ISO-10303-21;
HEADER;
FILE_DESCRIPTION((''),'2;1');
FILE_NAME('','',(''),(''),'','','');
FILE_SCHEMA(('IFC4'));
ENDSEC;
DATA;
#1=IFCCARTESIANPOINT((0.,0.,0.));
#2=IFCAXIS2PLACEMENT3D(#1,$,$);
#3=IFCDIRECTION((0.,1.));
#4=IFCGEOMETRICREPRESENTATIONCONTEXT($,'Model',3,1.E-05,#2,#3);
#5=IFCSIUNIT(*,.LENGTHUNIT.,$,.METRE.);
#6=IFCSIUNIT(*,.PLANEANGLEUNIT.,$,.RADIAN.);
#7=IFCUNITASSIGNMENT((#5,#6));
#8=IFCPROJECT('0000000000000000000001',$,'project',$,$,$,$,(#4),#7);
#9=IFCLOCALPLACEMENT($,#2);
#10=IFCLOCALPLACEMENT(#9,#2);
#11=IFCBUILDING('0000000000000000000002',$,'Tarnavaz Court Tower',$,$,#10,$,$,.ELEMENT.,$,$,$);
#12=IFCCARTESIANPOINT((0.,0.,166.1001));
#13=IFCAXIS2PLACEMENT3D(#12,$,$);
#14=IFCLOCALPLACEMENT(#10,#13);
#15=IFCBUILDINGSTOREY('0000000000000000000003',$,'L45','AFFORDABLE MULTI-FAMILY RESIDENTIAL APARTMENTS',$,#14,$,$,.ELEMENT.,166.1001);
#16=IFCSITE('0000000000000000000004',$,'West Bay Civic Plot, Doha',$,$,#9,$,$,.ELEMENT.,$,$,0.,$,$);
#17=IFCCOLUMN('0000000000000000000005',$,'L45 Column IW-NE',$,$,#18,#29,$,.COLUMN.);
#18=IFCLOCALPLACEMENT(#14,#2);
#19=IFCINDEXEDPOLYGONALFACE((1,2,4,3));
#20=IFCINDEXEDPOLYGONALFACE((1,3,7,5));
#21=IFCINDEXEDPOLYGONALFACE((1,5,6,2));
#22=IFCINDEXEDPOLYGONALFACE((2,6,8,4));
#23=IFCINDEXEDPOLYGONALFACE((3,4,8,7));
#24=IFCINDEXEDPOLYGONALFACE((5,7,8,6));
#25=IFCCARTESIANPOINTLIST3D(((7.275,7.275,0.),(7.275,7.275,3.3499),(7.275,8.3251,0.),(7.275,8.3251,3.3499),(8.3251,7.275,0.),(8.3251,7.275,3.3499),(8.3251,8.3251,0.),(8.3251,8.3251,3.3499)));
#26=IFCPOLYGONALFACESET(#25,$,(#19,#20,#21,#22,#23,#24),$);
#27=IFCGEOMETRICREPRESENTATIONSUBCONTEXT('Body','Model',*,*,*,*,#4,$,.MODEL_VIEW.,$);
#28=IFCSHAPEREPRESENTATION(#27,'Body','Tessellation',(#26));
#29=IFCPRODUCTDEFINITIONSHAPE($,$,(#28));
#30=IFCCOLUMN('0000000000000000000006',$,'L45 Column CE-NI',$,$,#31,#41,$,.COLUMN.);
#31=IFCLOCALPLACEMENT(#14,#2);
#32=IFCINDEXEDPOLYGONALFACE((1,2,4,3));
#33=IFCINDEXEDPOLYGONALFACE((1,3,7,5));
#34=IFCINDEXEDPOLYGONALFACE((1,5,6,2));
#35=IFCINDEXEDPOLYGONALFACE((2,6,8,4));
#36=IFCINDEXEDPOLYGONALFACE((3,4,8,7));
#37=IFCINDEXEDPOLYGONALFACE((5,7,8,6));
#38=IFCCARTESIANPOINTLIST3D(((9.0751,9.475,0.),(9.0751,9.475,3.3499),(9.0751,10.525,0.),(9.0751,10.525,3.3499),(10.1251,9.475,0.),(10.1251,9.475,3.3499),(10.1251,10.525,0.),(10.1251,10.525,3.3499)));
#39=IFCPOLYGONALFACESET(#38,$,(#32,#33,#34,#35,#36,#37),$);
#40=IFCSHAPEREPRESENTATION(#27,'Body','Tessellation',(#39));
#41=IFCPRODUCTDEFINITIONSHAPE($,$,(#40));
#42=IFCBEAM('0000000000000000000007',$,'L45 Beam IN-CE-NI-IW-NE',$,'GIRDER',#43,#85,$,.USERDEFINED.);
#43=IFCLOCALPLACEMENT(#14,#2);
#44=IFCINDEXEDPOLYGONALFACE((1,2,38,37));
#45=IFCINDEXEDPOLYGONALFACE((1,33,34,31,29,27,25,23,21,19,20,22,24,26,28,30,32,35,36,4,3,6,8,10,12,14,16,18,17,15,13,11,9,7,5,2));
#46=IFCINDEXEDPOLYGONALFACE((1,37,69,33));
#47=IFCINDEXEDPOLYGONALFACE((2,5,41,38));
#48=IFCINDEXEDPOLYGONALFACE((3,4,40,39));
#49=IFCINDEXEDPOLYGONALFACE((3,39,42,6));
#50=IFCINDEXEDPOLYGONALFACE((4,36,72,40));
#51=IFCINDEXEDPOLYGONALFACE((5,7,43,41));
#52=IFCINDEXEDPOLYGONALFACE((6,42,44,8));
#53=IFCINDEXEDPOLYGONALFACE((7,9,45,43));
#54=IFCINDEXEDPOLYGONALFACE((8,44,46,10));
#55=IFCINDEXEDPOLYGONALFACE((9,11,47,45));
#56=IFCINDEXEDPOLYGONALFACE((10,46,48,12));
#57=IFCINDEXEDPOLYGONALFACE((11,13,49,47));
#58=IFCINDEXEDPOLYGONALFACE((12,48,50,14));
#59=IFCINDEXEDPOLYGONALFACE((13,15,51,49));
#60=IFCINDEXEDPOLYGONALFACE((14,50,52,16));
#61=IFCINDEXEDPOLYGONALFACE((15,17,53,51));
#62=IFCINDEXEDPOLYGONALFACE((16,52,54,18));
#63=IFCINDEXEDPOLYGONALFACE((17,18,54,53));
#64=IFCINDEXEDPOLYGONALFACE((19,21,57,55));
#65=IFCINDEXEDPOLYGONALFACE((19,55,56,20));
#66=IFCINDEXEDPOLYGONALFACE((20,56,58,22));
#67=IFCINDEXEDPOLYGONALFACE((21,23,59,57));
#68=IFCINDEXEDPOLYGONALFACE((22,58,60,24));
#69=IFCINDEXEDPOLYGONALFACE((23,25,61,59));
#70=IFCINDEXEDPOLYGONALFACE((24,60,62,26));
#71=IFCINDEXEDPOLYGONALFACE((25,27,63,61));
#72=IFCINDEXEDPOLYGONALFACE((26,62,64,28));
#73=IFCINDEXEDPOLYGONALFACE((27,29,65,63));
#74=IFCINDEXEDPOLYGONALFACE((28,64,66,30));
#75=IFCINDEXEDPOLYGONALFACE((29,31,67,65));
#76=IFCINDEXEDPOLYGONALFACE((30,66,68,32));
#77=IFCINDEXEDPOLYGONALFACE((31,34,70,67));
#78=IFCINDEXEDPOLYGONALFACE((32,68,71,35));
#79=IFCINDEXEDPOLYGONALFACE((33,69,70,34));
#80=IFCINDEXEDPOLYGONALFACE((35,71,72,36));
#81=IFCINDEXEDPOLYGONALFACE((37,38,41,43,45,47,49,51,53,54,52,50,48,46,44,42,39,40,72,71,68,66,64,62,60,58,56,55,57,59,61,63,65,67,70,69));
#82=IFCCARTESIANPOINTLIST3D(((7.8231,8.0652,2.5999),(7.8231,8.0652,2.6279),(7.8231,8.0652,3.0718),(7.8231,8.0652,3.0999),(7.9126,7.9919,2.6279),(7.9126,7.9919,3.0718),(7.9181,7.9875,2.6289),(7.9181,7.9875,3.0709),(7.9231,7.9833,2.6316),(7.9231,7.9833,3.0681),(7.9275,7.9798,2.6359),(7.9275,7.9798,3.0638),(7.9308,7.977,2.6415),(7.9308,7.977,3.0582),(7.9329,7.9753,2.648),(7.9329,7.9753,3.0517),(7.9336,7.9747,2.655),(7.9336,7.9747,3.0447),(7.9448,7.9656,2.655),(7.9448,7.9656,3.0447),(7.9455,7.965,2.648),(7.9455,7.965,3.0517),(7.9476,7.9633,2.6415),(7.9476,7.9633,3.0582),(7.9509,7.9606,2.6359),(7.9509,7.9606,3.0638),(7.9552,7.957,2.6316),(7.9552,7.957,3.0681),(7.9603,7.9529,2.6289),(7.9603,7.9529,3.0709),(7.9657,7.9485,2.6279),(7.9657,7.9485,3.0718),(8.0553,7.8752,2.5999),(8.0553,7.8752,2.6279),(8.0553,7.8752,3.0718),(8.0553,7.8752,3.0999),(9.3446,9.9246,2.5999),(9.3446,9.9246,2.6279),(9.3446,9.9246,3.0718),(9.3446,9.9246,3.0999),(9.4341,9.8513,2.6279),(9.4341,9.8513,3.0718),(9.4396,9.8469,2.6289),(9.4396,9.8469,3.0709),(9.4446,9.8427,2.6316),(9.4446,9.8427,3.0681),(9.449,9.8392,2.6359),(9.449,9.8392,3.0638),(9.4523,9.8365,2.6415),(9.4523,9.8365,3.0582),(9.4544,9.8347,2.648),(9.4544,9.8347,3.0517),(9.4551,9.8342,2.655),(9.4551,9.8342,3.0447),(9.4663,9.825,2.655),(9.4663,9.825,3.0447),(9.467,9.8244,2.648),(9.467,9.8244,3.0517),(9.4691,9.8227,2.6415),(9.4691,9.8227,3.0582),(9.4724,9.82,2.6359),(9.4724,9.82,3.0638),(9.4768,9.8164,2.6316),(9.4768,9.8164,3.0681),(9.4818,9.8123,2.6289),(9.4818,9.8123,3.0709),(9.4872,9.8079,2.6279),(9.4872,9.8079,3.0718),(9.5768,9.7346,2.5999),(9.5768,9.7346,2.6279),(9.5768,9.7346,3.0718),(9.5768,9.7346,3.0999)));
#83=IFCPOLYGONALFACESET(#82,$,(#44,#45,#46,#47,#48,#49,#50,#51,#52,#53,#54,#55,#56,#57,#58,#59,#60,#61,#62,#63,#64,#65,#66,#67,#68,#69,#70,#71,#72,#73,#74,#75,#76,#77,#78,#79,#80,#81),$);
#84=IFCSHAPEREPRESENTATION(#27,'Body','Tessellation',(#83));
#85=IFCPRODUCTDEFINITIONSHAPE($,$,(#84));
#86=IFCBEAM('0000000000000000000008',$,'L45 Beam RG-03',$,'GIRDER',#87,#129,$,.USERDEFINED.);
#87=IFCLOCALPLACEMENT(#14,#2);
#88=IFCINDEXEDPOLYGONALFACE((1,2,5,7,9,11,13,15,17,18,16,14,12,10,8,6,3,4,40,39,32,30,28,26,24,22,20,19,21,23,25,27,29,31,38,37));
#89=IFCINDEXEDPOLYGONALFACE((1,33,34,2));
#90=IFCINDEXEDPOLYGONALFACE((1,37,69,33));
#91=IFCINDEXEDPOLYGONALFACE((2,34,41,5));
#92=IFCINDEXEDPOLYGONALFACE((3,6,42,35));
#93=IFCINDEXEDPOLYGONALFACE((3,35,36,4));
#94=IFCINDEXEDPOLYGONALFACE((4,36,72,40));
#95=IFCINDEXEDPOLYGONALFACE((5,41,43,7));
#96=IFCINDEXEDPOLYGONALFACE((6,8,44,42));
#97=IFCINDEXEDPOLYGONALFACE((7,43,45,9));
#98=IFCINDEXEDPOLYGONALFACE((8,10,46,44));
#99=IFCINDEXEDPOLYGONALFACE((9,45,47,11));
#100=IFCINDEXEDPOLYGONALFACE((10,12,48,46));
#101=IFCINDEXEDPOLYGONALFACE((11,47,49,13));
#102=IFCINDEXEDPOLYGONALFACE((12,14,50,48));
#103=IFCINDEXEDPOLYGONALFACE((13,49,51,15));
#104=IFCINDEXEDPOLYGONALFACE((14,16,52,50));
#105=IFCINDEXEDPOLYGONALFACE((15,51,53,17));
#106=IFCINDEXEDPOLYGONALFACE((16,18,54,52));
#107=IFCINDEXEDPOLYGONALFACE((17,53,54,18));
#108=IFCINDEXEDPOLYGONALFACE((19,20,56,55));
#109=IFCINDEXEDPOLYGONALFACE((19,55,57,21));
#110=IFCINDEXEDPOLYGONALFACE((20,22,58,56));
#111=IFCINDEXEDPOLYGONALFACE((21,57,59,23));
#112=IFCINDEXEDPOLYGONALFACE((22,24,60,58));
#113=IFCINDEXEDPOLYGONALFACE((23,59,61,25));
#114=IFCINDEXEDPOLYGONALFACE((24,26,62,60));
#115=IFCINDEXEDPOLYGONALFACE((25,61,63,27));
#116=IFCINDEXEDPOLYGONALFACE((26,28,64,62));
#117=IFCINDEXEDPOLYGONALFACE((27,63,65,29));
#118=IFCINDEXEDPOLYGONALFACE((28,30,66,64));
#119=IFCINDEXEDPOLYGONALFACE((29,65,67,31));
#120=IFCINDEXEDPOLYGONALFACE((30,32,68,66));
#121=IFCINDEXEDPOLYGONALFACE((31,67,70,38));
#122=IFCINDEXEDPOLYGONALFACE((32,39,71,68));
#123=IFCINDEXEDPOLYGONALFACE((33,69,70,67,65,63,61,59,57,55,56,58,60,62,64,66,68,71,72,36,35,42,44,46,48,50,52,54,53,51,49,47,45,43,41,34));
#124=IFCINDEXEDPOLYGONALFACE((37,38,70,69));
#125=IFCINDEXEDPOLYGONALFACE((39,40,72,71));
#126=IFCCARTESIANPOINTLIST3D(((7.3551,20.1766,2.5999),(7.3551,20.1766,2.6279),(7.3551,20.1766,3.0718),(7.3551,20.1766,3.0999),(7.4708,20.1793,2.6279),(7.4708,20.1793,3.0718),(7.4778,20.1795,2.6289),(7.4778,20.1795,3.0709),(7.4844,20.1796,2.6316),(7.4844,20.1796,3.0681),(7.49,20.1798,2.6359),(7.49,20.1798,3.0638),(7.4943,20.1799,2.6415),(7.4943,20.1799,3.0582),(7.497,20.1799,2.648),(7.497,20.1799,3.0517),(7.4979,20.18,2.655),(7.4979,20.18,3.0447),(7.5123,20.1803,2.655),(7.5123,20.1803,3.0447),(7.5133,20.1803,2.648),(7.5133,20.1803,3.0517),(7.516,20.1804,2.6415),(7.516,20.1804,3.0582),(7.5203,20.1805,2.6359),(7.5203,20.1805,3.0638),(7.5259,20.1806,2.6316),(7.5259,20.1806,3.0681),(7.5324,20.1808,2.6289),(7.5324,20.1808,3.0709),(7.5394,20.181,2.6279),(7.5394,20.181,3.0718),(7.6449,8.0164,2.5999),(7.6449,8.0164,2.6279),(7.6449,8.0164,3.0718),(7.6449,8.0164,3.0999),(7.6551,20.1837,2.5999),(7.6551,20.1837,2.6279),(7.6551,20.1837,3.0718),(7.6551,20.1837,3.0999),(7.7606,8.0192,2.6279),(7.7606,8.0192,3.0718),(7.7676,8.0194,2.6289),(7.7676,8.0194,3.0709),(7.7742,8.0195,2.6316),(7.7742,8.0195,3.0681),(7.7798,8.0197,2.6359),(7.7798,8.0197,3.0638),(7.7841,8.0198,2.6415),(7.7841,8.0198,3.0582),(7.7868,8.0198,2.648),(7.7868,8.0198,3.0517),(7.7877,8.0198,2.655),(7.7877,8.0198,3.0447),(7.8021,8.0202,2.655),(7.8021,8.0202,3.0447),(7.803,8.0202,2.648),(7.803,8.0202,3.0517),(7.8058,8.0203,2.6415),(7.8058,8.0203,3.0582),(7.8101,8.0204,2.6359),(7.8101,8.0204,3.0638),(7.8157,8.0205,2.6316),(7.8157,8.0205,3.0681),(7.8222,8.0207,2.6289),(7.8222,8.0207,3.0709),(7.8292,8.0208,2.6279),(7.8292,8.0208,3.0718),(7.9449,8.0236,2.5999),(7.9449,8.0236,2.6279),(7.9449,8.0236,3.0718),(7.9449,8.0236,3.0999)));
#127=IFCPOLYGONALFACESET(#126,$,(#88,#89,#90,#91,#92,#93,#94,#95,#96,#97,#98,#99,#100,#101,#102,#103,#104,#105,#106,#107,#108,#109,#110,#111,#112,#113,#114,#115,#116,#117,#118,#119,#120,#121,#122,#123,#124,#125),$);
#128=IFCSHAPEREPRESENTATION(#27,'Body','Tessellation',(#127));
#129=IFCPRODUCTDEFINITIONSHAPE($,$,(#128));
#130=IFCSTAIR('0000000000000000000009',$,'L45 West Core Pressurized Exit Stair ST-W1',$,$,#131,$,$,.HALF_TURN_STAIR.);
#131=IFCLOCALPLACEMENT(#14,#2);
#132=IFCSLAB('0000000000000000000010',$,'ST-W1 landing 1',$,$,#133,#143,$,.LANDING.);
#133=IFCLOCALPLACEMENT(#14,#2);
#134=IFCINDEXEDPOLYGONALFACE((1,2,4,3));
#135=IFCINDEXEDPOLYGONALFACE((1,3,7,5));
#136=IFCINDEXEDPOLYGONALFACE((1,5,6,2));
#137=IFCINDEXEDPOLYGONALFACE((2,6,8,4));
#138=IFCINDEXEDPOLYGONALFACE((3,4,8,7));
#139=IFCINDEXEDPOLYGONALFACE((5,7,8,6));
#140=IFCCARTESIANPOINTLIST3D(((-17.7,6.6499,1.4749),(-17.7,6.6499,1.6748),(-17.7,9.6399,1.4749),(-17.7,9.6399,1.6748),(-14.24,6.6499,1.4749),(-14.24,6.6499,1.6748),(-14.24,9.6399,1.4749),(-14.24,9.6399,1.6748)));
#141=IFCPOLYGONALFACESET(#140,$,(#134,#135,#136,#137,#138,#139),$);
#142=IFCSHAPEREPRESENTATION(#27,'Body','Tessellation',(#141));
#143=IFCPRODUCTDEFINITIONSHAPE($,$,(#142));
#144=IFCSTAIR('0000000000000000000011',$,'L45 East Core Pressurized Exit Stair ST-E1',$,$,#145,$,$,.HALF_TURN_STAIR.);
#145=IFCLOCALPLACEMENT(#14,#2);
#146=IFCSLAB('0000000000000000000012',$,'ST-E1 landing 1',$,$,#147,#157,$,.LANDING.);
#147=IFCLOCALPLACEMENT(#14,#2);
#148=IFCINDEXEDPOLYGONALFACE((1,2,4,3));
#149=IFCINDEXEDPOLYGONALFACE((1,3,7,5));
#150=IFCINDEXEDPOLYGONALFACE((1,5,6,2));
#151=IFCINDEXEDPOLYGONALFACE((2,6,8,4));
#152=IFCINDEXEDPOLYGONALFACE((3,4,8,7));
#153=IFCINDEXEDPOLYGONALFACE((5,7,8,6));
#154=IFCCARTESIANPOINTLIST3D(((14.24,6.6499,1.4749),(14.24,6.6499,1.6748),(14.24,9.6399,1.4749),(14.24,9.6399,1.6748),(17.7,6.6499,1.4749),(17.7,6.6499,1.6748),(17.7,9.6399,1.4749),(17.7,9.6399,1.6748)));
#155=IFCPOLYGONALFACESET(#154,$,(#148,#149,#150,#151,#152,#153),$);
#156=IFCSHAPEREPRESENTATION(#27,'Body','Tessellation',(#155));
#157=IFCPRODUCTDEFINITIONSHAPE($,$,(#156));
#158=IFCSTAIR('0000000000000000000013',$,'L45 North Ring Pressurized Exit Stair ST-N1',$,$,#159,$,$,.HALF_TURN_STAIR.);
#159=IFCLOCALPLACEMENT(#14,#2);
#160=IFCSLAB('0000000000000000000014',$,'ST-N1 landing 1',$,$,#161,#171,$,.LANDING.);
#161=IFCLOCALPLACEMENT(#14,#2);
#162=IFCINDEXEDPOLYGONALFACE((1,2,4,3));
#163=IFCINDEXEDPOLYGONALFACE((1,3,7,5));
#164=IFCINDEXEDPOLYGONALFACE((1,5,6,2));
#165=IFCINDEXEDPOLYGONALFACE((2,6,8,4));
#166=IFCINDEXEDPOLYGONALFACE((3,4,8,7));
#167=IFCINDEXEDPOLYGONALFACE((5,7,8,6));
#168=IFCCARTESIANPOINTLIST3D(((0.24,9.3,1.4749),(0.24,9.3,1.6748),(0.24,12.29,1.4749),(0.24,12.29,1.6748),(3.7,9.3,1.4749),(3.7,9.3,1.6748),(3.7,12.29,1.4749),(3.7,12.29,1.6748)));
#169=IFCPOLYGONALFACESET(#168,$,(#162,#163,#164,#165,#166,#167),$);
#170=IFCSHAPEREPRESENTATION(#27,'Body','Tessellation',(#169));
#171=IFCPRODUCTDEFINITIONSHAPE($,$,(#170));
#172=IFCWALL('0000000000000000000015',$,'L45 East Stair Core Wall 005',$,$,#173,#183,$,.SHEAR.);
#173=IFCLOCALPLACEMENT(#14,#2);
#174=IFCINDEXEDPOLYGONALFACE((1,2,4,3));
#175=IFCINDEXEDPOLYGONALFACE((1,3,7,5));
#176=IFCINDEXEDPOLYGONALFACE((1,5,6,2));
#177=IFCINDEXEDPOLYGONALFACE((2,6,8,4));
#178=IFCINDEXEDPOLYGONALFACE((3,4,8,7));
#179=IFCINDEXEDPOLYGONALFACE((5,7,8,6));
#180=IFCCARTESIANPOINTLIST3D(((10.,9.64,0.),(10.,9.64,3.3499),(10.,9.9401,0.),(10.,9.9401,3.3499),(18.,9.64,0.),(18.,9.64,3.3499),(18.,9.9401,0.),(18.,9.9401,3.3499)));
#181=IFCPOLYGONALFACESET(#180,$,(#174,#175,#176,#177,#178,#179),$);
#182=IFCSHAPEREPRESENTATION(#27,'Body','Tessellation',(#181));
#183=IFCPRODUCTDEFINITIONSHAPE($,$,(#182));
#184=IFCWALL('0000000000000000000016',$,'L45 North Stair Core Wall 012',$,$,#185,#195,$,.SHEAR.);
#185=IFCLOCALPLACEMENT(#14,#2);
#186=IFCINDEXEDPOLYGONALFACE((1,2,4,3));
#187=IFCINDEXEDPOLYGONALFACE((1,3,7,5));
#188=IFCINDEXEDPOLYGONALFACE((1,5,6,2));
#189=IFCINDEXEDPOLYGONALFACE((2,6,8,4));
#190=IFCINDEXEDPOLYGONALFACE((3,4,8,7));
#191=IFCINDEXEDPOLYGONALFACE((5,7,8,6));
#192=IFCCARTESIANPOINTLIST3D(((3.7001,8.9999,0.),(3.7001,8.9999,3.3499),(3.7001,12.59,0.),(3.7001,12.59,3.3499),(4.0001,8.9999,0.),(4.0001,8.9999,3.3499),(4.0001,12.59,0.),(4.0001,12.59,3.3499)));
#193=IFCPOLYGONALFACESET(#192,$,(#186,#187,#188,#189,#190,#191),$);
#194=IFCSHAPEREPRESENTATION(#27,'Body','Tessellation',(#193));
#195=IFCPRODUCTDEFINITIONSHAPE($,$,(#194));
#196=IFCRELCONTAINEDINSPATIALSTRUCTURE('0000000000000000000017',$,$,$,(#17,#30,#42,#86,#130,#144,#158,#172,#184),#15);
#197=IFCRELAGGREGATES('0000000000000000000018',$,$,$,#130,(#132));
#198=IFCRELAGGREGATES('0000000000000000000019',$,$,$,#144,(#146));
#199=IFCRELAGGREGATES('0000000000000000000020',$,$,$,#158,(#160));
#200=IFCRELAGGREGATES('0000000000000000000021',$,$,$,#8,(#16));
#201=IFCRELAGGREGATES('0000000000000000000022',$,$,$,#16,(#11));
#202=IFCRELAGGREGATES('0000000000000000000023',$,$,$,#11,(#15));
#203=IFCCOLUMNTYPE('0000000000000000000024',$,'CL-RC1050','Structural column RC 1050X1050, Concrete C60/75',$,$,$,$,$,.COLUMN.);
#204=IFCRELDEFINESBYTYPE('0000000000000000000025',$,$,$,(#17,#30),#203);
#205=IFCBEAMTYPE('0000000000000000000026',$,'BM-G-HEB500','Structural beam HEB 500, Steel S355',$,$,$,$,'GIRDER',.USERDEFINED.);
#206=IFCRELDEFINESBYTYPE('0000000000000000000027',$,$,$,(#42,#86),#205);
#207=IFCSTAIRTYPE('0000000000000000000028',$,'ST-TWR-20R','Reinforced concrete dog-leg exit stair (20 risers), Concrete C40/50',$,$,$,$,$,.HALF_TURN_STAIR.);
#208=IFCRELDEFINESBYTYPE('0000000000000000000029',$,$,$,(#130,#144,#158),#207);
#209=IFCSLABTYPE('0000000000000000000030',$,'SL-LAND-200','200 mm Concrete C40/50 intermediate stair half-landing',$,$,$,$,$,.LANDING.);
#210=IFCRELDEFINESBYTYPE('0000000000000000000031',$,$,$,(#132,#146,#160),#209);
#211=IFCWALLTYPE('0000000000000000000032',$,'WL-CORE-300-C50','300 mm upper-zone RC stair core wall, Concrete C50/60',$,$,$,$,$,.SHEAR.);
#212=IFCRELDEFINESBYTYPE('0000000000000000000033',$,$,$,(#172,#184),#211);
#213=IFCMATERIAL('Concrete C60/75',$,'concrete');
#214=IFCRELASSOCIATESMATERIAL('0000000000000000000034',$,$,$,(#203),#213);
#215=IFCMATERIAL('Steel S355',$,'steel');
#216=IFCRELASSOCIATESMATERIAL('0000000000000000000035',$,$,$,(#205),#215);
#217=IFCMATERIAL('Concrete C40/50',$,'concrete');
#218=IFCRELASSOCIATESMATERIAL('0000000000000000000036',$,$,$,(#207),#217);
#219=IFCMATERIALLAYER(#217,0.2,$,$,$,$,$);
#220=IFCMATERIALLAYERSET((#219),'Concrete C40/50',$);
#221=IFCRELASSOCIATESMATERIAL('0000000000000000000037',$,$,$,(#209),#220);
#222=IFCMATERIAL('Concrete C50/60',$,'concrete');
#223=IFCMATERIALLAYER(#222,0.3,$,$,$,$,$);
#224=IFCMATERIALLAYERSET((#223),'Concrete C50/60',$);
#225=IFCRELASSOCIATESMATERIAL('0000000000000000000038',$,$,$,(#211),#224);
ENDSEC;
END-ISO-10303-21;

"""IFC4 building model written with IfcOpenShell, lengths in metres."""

from ifc_helpers import new_model, si_unit, direction, frame, frame_2d, origin, origin_2d, place, context, subcontext, project, spatial, polyline, rectangle, i_section, outline, extrude, material, layer, layer_set, material_profile, profile_set, type_object, element, aggregate, save


model = new_model("IFC4")

# Units and contexts
model_context = context("Model", 3, precision=1e-05, world=origin(), true_north=direction((0.0, 1.0)))
body_context = subcontext(model_context, "Body", "Model", "MODEL_VIEW")
ifc_project = project(units=[si_unit("LENGTHUNIT", "METRE"), si_unit("PLANEANGLEUNIT", "RADIAN")], contexts=[model_context])

# Site, building, storey
site_placement = place(None, origin())
site = spatial("IfcSite", under=ifc_project, at=site_placement, Name="West Bay Civic Plot, Doha", CompositionType="ELEMENT", RefElevation=0.0)
building_placement = place(site_placement, origin())
building = spatial("IfcBuilding", under=site, at=building_placement, Name="Tarnavaz Court Tower", CompositionType="ELEMENT")
storey_placement = place(building_placement, frame((0.0, 0.0, 166.1001)))
storey = spatial("IfcBuildingStorey", under=building, at=storey_placement, Name="L45", Description="AFFORDABLE MULTI-FAMILY RESIDENTIAL APARTMENTS", CompositionType="ELEMENT", Elevation=166.1001)

# Columns
ifc_material_1 = material(Name="Concrete C60/75", Category="concrete")
ifc_material_profile_1 = material_profile(ifc_material_1, rectangle(XDim=1.05, YDim=1.05, at=origin_2d()), Name="RC 1050X1050")
ifc_profile_set_1 = profile_set([ifc_material_profile_1], Name="Concrete C60/75")
column_type = type_object("IfcColumnType", Name="CL-RC1050", Description="Structural column RC 1050X1050, Concrete C60/75", PredefinedType="COLUMN", material=ifc_profile_set_1)
for number, where, z_axis, x_axis, name in (
    (1, (7.8, 7.8, 0.0), (0.0, 0.0, 1.0), (1.0, 0.0, 0.0), "L45 Column IW-NE"),
    (2, (9.6001, 10.0, 0.0), (0.0, 0.0, 1.0), (1.0, 0.0, 0.0), "L45 Column CE-NI"),
):
    element("IfcColumn", number, at=place(storey_placement, frame(where, z_axis=z_axis, x_axis=x_axis)), inside=storey, type_object=column_type, Name=name, PredefinedType="COLUMN", context=body_context, shape_type="SweptSolid", body=[
        extrude(rectangle(XDim=1.05, YDim=1.05, at=origin_2d()), origin(), (0.0, 0.0, 1.0), 3.3499),
    ])

# Beams
ifc_material_2 = material(Name="Steel S355", Category="steel")
ifc_material_profile_2 = material_profile(ifc_material_2, i_section(OverallWidth=0.3, OverallDepth=0.5, WebThickness=0.0144, FlangeThickness=0.0281, FilletRadius=0.0271, at=origin_2d()), Name="HEB 500")
ifc_profile_set_2 = profile_set([ifc_material_profile_2], Name="Steel S355")
beam_type = type_object("IfcBeamType", Name="BM-G-HEB500", Description="Structural beam HEB 500, Steel S355", ElementType="GIRDER", PredefinedType="USERDEFINED", material=ifc_profile_set_2)
beam_1_placement = place(storey_placement, frame((9.4607, 9.8296, 2.8499), z_axis=(-0.633282, -0.773921, 0.0), x_axis=(0.773921, -0.633282, 0.0)))
element("IfcBeam", 3, at=beam_1_placement, inside=storey, type_object=beam_type, Name="L45 Beam IN-CE-NI-IW-NE", ObjectType="GIRDER", PredefinedType="USERDEFINED", context=body_context, shape_type="SweptSolid", body=[
    extrude(i_section(OverallWidth=0.3, OverallDepth=0.5, WebThickness=0.0144, FlangeThickness=0.0281, FilletRadius=0.0271, at=origin_2d()), origin(), (0.0, 0.0, 1.0), 2.4026),
])
beam_2_placement = place(storey_placement, frame((7.7949, 8.02, 2.8499), z_axis=(-0.023825, 0.999716, 0.0), x_axis=(-0.999716, -0.023825, 0.0)))
element("IfcBeam", 4, at=beam_2_placement, inside=storey, type_object=beam_type, Name="L45 Beam RG-03", ObjectType="GIRDER", PredefinedType="USERDEFINED", context=body_context, shape_type="SweptSolid", body=[
    extrude(i_section(OverallWidth=0.3, OverallDepth=0.5, WebThickness=0.0144, FlangeThickness=0.0281, FilletRadius=0.0271, at=origin_2d()), origin(), (0.0, 0.0, 1.0), 12.1636),
])

# Stairs, slabs
ifc_material_3 = material(Name="Concrete C40/50", Category="concrete")
stair_type = type_object("IfcStairType", Name="ST-TWR-20R", Description="Reinforced concrete dog-leg exit stair (20 risers), Concrete C40/50", PredefinedType="HALF_TURN_STAIR", material=ifc_material_3)
stair_1_placement = place(storey_placement, origin())
stair_1 = element("IfcStair", 5, at=stair_1_placement, inside=storey, type_object=stair_type, Name="L45 West Core Pressurized Exit Stair ST-W1", PredefinedType="HALF_TURN_STAIR")
ifc_layer_1 = layer(ifc_material_3, 0.2)
ifc_layer_set_1 = layer_set([ifc_layer_1], Name="Concrete C40/50")
slab_type = type_object("IfcSlabType", Name="SL-LAND-200", Description="200 mm Concrete C40/50 intermediate stair half-landing", PredefinedType="LANDING", material=ifc_layer_set_1)
slab_1_placement = place(storey_placement, frame((0.0, 0.0, 1.4749)))
slab_1 = element("IfcSlab", 6, at=slab_1_placement, type_object=slab_type, Name="ST-W1 landing 1", PredefinedType="LANDING", context=body_context, shape_type="SweptSolid", body=[
    extrude(outline(polyline([(-14.24, 9.6399), (-17.7, 9.6399), (-17.7, 6.6499), (-14.24, 6.6499), (-14.24, 9.6399)])), origin(), (0.0, 0.0, 1.0), 0.2),
])
aggregate(stair_1, [slab_1])
stair_2_placement = place(storey_placement, origin())
stair_2 = element("IfcStair", 7, at=stair_2_placement, inside=storey, type_object=stair_type, Name="L45 East Core Pressurized Exit Stair ST-E1", PredefinedType="HALF_TURN_STAIR")
slab_2_placement = place(storey_placement, frame((0.0, 0.0, 1.4749)))
slab_2 = element("IfcSlab", 8, at=slab_2_placement, type_object=slab_type, Name="ST-E1 landing 1", PredefinedType="LANDING", context=body_context, shape_type="SweptSolid", body=[
    extrude(outline(polyline([(14.24, 6.6499), (17.7, 6.6499), (17.7, 9.6399), (14.24, 9.6399), (14.24, 6.6499)])), origin(), (0.0, 0.0, 1.0), 0.2),
])
aggregate(stair_2, [slab_2])
stair_3_placement = place(storey_placement, origin())
stair_3 = element("IfcStair", 9, at=stair_3_placement, inside=storey, type_object=stair_type, Name="L45 North Ring Pressurized Exit Stair ST-N1", PredefinedType="HALF_TURN_STAIR")
slab_3_placement = place(storey_placement, frame((0.0, 0.0, 1.4749)))
slab_3 = element("IfcSlab", 10, at=slab_3_placement, type_object=slab_type, Name="ST-N1 landing 1", PredefinedType="LANDING", context=body_context, shape_type="SweptSolid", body=[
    extrude(outline(polyline([(0.24, 9.3), (3.7, 9.3), (3.7, 12.29), (0.24, 12.29), (0.24, 9.3)])), origin(), (0.0, 0.0, 1.0), 0.2),
])

# Wall
ifc_material_4 = material(Name="Concrete C50/60", Category="concrete")
ifc_layer_2 = layer(ifc_material_4, 0.3)
ifc_layer_set_2 = layer_set([ifc_layer_2], Name="Concrete C50/60")
wall_type_1 = type_object("IfcWallType", Name="WL-CORE-300-C50", Description="300 mm upper-zone RC stair core wall, Concrete C50/60", PredefinedType="SHEAR", material=ifc_layer_set_2)
wall_1_placement = place(storey_placement, frame((10.0, 9.79, 0.0), z_axis=(0.0, 0.0, 1.0), x_axis=(1.0, 0.0, 0.0)))
element("IfcWall", 11, at=wall_1_placement, inside=storey, type_object=wall_type_1, Name="L45 East Stair Core Wall 005", PredefinedType="SHEAR", context=body_context, shape_type="SweptSolid", body=[
    extrude(rectangle(XDim=8.0, YDim=0.3, at=frame_2d((4.0, 0.0))), origin(), (0.0, 0.0, 1.0), 3.3499),
])

# Wall
wall_2_placement = place(storey_placement, frame((3.8501, 9.0, 0.0), z_axis=(0.0, 0.0, 1.0), x_axis=(0.0, 1.0, 0.0)))
element("IfcWall", 12, at=wall_2_placement, inside=storey, type_object=wall_type_1, Name="L45 North Stair Core Wall 012", PredefinedType="SHEAR", context=body_context, shape_type="SweptSolid", body=[
    extrude(rectangle(XDim=3.5901, YDim=0.3, at=frame_2d((1.7949, 0.0))), origin(), (0.0, 0.0, 1.0), 3.3499),
])

aggregate(stair_3, [slab_3])

save(model, "model.ifc")
